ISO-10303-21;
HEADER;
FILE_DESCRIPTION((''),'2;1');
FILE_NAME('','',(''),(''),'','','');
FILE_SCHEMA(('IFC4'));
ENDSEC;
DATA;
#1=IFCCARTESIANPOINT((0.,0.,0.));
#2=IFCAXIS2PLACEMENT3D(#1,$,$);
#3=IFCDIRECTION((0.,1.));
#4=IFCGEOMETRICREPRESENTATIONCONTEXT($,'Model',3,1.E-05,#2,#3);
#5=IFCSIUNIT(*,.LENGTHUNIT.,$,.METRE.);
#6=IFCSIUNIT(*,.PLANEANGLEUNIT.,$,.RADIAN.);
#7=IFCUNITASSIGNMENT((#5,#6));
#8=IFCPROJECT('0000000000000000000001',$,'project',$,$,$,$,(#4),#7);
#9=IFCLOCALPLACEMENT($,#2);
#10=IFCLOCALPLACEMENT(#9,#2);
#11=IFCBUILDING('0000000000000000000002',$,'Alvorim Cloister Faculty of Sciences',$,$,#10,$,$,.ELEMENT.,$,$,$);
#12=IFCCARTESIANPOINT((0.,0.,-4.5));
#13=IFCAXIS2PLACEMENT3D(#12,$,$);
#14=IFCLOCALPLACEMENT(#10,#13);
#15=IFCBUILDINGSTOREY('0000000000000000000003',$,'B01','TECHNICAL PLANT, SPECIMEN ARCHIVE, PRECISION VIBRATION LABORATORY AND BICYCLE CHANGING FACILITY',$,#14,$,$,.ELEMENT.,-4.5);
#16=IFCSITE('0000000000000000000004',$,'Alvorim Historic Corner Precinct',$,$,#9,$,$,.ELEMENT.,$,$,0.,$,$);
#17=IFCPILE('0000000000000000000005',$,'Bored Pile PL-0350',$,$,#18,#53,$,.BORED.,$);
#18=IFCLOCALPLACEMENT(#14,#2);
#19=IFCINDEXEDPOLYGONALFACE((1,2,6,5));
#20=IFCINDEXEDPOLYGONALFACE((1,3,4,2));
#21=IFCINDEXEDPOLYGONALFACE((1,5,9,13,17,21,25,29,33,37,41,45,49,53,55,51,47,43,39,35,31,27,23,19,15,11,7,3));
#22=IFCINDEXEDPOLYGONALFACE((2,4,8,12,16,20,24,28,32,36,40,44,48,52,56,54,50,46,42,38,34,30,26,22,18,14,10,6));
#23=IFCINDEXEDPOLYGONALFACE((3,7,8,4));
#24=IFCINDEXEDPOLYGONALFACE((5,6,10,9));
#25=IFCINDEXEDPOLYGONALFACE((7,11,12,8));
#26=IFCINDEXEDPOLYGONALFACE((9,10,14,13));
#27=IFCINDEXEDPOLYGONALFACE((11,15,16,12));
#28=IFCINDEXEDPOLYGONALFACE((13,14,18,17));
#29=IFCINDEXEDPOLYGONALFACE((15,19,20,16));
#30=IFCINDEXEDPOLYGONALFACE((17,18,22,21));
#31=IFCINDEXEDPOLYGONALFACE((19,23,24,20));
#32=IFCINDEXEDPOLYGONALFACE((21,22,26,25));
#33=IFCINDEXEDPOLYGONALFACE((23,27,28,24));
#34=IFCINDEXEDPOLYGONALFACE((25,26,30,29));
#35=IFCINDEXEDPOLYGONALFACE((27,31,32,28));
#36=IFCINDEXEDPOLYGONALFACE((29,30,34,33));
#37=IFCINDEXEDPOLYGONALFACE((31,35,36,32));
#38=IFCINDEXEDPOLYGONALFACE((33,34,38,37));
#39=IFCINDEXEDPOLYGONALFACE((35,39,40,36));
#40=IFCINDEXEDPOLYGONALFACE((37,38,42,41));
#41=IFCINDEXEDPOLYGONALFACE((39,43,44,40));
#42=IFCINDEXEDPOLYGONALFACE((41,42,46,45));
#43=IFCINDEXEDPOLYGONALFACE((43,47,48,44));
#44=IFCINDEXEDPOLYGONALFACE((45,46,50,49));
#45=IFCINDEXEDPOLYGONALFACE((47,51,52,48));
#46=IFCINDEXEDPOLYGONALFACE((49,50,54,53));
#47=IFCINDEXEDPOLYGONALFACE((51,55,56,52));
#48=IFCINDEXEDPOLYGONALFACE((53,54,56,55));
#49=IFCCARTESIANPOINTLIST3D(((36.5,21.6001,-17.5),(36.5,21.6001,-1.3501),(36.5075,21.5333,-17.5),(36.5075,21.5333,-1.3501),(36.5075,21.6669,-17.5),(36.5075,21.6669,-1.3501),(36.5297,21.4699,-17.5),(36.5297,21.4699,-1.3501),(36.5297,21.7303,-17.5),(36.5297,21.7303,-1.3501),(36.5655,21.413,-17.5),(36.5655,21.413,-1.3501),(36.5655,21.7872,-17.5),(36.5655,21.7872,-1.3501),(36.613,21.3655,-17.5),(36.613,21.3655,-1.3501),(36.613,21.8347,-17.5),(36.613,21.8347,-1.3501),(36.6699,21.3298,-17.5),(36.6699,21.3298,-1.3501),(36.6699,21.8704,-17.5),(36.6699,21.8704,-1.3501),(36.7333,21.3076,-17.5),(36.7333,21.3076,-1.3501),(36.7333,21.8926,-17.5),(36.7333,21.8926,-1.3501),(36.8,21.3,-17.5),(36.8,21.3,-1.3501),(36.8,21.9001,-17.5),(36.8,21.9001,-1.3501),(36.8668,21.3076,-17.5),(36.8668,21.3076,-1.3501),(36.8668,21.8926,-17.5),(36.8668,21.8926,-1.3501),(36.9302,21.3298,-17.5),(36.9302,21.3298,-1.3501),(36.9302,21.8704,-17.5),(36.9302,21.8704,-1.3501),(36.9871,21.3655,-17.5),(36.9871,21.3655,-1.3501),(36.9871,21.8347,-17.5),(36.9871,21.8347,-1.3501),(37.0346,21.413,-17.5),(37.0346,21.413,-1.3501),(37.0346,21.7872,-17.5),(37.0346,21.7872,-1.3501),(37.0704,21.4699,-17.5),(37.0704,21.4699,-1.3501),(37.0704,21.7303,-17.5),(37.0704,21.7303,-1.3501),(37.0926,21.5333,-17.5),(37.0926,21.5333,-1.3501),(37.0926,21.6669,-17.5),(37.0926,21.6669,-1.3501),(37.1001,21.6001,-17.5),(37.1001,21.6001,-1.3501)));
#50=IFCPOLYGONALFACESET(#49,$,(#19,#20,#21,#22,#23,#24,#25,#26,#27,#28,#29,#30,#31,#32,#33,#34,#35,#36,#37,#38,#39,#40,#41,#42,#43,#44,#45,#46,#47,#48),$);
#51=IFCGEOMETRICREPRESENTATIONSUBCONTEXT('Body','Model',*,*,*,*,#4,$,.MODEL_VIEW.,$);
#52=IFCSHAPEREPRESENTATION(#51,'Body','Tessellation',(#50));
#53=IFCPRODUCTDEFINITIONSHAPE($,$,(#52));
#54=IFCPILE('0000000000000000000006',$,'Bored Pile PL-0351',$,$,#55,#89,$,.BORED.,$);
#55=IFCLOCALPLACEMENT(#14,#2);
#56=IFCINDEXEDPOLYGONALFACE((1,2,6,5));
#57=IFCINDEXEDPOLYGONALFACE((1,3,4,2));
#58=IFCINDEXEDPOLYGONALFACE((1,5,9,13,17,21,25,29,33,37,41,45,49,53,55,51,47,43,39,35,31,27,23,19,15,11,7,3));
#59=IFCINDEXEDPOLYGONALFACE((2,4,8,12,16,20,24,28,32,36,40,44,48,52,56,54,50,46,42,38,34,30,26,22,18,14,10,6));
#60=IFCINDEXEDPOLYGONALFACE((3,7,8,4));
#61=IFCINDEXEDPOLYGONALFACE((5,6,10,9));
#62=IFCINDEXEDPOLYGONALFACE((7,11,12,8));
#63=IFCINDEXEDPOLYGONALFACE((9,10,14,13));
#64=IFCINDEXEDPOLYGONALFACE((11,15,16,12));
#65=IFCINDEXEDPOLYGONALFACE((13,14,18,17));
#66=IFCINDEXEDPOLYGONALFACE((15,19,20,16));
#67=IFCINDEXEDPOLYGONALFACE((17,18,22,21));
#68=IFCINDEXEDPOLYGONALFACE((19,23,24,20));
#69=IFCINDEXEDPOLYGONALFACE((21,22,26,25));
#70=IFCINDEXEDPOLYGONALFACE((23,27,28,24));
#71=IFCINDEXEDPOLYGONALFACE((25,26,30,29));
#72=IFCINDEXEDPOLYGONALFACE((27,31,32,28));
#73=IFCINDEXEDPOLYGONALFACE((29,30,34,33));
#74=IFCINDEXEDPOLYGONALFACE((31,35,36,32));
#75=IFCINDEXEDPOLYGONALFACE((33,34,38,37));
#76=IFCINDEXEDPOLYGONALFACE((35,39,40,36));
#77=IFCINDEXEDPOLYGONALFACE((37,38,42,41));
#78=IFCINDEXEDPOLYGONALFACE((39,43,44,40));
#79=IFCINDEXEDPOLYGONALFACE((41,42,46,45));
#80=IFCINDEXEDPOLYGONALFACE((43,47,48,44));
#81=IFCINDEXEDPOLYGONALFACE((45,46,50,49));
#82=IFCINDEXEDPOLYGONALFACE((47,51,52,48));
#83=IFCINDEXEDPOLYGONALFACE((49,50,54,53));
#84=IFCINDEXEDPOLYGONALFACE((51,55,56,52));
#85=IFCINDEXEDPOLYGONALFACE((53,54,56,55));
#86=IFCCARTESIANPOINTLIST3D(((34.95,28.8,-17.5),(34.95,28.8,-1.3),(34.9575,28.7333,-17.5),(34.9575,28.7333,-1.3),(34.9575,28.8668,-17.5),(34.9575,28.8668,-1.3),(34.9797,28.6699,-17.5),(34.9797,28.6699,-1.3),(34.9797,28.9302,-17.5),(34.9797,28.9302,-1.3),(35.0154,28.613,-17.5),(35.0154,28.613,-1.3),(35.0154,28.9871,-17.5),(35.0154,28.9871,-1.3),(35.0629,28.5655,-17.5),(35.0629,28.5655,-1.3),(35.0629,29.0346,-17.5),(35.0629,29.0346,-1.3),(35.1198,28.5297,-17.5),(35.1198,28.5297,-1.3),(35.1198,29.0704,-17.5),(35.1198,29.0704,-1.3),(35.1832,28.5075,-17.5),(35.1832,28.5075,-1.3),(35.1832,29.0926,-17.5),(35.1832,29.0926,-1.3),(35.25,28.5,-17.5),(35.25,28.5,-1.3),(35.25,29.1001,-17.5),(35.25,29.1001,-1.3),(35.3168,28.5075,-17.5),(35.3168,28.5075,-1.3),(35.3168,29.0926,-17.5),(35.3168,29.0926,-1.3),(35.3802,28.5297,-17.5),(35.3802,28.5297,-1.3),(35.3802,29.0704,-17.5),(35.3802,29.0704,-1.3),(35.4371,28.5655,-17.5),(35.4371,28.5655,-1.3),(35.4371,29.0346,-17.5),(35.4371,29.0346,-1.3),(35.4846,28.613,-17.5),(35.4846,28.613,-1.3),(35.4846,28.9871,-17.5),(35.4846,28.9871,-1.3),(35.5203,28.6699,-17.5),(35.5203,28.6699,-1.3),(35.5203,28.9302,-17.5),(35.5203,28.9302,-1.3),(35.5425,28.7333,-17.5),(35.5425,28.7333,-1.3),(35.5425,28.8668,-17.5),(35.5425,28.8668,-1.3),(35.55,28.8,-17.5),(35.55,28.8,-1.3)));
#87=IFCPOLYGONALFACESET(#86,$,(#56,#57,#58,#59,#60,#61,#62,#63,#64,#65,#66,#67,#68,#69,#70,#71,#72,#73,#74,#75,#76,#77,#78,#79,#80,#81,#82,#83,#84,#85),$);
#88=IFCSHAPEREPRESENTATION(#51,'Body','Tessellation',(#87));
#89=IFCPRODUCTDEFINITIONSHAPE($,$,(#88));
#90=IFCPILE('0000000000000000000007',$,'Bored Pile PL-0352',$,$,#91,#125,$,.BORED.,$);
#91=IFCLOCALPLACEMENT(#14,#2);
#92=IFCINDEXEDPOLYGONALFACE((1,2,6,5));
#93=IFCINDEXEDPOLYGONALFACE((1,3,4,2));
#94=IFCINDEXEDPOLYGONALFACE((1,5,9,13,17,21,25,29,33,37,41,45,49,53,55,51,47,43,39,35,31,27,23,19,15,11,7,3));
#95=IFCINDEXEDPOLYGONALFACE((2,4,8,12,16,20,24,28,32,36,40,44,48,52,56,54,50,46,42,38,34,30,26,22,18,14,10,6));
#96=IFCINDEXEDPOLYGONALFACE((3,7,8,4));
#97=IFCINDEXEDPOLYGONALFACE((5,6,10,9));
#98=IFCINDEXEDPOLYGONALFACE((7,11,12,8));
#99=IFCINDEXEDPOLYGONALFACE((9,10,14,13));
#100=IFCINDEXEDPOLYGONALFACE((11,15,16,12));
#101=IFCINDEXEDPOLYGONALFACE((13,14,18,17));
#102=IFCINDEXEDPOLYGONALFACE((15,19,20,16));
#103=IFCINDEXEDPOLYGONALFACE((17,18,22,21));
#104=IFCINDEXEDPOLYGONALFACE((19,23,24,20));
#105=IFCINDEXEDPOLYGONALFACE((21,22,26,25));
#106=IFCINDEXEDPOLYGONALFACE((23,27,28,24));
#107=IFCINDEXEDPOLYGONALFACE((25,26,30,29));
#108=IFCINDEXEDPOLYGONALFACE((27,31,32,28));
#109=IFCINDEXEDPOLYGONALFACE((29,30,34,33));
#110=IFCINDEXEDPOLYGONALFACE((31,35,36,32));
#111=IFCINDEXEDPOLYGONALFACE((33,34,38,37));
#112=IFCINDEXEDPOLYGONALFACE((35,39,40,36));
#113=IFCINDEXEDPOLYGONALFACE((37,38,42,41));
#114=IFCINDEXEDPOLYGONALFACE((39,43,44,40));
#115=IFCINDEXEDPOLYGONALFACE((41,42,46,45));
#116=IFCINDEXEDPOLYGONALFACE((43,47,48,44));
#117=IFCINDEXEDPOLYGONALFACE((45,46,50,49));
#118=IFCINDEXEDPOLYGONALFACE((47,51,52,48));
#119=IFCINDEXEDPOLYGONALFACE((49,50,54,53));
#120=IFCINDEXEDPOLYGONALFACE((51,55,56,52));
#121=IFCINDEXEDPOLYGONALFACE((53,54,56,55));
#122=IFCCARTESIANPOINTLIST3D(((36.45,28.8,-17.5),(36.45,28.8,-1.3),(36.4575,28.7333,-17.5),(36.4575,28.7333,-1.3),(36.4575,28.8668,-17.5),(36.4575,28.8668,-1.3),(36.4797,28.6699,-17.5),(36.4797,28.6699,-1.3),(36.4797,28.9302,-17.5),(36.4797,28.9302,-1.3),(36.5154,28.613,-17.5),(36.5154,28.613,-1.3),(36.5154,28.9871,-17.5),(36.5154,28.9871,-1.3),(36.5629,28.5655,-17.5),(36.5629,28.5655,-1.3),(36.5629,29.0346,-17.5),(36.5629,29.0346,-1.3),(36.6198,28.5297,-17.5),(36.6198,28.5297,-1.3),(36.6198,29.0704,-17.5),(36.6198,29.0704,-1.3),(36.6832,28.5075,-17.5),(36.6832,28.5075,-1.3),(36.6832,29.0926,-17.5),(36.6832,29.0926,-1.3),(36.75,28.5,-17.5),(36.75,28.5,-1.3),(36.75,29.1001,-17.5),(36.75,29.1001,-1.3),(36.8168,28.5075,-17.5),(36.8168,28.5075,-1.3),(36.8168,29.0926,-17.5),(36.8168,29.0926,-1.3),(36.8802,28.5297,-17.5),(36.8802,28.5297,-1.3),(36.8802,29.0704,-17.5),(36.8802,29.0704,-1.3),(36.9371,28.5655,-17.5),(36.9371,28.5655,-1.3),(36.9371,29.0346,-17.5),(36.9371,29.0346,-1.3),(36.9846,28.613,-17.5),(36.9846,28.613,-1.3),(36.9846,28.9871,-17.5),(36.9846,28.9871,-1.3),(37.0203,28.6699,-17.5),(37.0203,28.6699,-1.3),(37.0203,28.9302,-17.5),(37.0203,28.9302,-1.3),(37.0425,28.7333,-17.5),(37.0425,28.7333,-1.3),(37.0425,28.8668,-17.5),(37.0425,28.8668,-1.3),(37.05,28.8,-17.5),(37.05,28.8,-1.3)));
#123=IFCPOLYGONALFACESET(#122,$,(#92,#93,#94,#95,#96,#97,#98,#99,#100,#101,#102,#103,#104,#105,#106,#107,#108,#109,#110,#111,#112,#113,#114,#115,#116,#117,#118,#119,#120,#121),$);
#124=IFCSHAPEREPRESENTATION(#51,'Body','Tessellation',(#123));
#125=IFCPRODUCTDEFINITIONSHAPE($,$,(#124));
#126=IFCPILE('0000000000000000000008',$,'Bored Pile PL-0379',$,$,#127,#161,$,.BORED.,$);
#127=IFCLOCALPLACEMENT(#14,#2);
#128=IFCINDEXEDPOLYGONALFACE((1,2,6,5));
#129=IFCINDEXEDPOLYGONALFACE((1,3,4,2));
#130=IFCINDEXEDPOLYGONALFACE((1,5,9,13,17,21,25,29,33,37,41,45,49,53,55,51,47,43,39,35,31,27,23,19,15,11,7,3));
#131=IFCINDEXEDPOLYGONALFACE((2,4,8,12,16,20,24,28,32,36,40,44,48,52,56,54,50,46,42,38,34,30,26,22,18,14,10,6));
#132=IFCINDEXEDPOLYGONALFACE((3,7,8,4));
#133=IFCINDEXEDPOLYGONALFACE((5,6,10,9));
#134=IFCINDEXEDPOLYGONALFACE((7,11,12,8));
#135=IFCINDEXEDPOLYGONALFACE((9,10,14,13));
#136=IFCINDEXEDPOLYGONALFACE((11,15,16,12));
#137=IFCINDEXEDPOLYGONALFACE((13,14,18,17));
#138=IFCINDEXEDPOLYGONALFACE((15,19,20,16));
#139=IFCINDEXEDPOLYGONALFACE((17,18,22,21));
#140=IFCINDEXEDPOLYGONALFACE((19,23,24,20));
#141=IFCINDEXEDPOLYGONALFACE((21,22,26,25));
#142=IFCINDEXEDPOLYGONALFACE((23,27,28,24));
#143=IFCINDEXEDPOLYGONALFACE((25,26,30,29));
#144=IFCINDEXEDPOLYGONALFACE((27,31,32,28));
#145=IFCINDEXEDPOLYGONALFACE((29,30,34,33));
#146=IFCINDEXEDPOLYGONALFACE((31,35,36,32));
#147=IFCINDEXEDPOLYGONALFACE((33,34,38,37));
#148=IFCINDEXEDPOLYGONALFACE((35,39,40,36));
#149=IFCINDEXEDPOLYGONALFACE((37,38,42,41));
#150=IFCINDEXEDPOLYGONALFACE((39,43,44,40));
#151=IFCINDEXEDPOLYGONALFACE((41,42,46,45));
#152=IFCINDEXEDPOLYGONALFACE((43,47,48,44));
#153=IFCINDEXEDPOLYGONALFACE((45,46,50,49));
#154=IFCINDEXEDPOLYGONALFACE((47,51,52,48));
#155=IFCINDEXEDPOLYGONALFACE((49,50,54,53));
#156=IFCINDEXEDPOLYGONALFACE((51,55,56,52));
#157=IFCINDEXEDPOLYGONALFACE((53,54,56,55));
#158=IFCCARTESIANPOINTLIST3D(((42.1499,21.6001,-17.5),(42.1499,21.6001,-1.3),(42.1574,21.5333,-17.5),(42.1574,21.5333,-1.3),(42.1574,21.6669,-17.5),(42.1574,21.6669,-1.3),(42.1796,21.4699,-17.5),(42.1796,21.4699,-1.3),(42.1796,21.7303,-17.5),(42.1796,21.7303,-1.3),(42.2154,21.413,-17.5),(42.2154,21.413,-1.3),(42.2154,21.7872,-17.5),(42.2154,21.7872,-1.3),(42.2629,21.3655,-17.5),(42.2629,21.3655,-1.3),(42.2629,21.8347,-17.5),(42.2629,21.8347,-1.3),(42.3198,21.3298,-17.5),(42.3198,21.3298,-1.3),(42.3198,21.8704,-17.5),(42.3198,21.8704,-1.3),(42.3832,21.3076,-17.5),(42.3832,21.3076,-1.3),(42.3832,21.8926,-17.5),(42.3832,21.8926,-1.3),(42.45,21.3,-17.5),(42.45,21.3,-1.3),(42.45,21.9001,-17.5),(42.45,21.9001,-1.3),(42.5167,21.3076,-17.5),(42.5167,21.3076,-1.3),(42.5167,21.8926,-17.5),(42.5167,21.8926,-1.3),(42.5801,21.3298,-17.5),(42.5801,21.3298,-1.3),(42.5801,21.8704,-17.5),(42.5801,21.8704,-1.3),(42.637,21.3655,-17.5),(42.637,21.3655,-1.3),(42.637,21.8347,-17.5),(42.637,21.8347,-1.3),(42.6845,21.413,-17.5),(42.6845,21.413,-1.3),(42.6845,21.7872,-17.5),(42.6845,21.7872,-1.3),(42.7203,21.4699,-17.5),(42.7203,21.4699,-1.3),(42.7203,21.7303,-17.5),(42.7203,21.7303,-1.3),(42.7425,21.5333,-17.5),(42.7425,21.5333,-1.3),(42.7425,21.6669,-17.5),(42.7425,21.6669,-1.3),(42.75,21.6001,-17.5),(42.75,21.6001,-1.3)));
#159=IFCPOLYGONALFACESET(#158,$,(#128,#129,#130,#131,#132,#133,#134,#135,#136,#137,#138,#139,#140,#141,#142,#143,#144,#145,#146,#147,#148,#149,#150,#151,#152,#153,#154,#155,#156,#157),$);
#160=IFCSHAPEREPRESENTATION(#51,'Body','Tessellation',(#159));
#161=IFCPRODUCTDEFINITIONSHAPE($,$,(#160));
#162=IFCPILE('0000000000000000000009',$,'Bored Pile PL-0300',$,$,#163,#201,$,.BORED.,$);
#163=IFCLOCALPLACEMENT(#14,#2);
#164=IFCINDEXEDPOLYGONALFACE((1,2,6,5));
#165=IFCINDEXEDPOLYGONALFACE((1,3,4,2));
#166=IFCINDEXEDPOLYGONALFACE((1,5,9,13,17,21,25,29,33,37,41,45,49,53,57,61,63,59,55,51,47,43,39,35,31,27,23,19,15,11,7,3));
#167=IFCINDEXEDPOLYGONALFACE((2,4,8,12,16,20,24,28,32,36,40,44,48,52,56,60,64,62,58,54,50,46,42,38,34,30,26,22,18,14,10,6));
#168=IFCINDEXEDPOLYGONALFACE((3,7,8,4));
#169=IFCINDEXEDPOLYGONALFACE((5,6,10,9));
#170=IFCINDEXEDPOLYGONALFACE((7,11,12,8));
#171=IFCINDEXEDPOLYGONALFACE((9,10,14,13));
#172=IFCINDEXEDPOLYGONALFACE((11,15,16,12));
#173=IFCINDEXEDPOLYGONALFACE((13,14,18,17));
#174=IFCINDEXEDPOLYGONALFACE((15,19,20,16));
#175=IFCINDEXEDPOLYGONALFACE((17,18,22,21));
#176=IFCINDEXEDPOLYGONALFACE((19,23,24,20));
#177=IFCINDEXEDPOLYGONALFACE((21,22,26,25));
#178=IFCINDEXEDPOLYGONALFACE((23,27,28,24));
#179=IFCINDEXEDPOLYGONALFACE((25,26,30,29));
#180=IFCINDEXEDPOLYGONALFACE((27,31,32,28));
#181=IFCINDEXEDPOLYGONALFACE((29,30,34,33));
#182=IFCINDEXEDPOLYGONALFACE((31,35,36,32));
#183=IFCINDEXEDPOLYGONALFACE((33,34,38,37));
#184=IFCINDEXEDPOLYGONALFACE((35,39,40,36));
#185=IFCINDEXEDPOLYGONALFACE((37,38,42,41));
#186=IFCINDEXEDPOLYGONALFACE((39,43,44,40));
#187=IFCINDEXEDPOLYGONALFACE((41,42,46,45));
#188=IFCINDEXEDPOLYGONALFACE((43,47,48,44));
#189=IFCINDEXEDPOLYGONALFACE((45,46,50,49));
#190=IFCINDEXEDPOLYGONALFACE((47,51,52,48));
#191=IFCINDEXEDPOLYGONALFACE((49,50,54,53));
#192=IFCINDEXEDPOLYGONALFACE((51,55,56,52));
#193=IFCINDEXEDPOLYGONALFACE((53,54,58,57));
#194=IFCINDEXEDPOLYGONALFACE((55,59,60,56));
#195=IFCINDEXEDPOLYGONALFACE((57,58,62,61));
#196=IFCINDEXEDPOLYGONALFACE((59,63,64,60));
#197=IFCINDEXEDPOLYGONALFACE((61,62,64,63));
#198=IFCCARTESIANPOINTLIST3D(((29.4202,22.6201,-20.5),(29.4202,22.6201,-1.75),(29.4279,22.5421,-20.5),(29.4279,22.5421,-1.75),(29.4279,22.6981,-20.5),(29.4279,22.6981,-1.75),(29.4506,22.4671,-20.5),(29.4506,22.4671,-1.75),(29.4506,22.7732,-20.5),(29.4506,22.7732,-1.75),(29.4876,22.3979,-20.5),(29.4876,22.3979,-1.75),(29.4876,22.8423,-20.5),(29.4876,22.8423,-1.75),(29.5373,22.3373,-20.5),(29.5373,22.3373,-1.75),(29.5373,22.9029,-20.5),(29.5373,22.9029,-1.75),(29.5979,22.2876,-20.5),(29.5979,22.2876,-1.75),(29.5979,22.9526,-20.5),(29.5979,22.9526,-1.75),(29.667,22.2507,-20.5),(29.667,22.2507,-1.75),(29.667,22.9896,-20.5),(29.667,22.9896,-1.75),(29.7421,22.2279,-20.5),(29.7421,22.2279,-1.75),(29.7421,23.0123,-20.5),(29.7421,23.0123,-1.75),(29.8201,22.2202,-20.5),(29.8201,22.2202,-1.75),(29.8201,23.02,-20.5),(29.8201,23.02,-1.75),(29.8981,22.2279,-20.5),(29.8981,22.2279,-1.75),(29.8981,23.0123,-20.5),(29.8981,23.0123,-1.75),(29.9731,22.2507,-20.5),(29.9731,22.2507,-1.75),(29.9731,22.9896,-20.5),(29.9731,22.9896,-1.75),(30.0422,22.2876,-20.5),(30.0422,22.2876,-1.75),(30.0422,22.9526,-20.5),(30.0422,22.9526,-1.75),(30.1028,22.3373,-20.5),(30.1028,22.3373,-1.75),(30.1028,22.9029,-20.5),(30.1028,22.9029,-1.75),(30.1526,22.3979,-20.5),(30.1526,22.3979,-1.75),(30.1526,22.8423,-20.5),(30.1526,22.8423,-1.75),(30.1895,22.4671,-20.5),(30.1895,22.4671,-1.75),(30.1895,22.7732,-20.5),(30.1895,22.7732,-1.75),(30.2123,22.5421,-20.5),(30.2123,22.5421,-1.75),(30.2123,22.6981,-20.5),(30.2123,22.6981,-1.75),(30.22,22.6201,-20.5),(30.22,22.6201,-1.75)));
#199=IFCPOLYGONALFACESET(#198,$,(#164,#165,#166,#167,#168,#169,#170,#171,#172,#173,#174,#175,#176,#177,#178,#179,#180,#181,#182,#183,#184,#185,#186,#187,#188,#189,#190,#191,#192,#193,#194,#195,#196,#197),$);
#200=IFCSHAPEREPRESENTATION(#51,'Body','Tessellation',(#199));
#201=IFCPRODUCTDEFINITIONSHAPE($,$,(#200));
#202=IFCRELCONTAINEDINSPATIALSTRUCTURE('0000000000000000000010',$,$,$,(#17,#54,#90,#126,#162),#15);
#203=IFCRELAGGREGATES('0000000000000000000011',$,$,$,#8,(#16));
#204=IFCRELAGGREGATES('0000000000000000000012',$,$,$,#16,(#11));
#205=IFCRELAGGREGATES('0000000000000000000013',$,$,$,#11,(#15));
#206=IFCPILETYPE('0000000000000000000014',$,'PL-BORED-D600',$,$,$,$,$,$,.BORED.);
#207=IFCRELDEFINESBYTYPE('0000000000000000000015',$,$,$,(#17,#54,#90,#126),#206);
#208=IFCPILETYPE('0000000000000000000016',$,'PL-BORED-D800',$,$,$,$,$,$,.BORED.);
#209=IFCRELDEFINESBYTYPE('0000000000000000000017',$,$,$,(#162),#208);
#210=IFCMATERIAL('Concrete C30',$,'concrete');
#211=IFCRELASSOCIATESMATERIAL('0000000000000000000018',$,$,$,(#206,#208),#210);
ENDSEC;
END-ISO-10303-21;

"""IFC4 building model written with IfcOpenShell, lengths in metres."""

from ifc_helpers import new_model, si_unit, direction, frame, origin, origin_2d, place, context, subcontext, project, spatial, circle, extrude, material, material_profile, profile_set, type_object, element, save


model = new_model("IFC4")

# Units and contexts
model_context = context("Model", 3, precision=1e-05, world=origin(), true_north=direction((0.0, 1.0)))
body_context = subcontext(model_context, "Body", "Model", "MODEL_VIEW")
ifc_project = project(units=[si_unit("LENGTHUNIT", "METRE"), si_unit("PLANEANGLEUNIT", "RADIAN")], contexts=[model_context])

# Site, building, storey
site_placement = place(None, origin())
site = spatial("IfcSite", under=ifc_project, at=site_placement, Name="Alvorim Historic Corner Precinct", CompositionType="ELEMENT", RefElevation=0.0)
building_placement = place(site_placement, origin())
building = spatial("IfcBuilding", under=site, at=building_placement, Name="Alvorim Cloister Faculty of Sciences", CompositionType="ELEMENT")
storey_placement = place(building_placement, frame((0.0, 0.0, -4.5)))
storey = spatial("IfcBuildingStorey", under=building, at=storey_placement, Name="B01", Description="TECHNICAL PLANT, SPECIMEN ARCHIVE, PRECISION VIBRATION LABORATORY AND BICYCLE CHANGING FACILITY", CompositionType="ELEMENT", Elevation=-4.5)

# Piles
ifc_material_1 = material(Name="Concrete C30", Category="concrete")
ifc_material_profile_1 = material_profile(ifc_material_1, circle(Radius=0.3, at=origin_2d()), Name="PILE-D600")
ifc_profile_set_1 = profile_set([ifc_material_profile_1], Name="Concrete C30")
pile_type_1 = type_object("IfcPileType", Name="PL-BORED-D600", PredefinedType="BORED", material=ifc_profile_set_1)
for number, where, z_axis, x_axis, name in (
    (1, (36.8, 21.6001, -1.3501), (0.0, 0.0, -1.0), (1.0, 0.0, 0.0), "Bored Pile PL-0350"),
):
    element("IfcPile", number, at=place(storey_placement, frame(where, z_axis=z_axis, x_axis=x_axis)), inside=storey, type_object=pile_type_1, Name=name, PredefinedType="BORED", context=body_context, shape_type="SweptSolid", body=[
        extrude(circle(Radius=0.3, at=origin_2d()), origin(), (0.0, 0.0, 1.0), 16.1499),
    ])
for number, where, z_axis, x_axis, name in (
    (2, (35.25, 28.8, -1.3), (0.0, 0.0, -1.0), (1.0, 0.0, 0.0), "Bored Pile PL-0351"),
    (3, (36.75, 28.8, -1.3), (0.0, 0.0, -1.0), (1.0, 0.0, 0.0), "Bored Pile PL-0352"),
    (4, (42.45, 21.6001, -1.3), (0.0, 0.0, -1.0), (1.0, 0.0, 0.0), "Bored Pile PL-0379"),
):
    element("IfcPile", number, at=place(storey_placement, frame(where, z_axis=z_axis, x_axis=x_axis)), inside=storey, type_object=pile_type_1, Name=name, PredefinedType="BORED", context=body_context, shape_type="SweptSolid", body=[
        extrude(circle(Radius=0.3, at=origin_2d()), origin(), (0.0, 0.0, 1.0), 16.2),
    ])
ifc_material_profile_2 = material_profile(ifc_material_1, circle(Radius=0.3999, at=origin_2d()), Name="PILE-D800")
ifc_profile_set_2 = profile_set([ifc_material_profile_2], Name="Concrete C30")
pile_type_2 = type_object("IfcPileType", Name="PL-BORED-D800", PredefinedType="BORED", material=ifc_profile_set_2)
for number, where, z_axis, x_axis, name in (
    (5, (29.8201, 22.6201, -1.75), (0.0, 0.0, -1.0), (1.0, 0.0, 0.0), "Bored Pile PL-0300"),
):
    element("IfcPile", number, at=place(storey_placement, frame(where, z_axis=z_axis, x_axis=x_axis)), inside=storey, type_object=pile_type_2, Name=name, PredefinedType="BORED", context=body_context, shape_type="SweptSolid", body=[
        extrude(circle(Radius=0.3999, at=origin_2d()), origin(), (0.0, 0.0, 1.0), 18.75),
    ])

save(model, "model.ifc")
